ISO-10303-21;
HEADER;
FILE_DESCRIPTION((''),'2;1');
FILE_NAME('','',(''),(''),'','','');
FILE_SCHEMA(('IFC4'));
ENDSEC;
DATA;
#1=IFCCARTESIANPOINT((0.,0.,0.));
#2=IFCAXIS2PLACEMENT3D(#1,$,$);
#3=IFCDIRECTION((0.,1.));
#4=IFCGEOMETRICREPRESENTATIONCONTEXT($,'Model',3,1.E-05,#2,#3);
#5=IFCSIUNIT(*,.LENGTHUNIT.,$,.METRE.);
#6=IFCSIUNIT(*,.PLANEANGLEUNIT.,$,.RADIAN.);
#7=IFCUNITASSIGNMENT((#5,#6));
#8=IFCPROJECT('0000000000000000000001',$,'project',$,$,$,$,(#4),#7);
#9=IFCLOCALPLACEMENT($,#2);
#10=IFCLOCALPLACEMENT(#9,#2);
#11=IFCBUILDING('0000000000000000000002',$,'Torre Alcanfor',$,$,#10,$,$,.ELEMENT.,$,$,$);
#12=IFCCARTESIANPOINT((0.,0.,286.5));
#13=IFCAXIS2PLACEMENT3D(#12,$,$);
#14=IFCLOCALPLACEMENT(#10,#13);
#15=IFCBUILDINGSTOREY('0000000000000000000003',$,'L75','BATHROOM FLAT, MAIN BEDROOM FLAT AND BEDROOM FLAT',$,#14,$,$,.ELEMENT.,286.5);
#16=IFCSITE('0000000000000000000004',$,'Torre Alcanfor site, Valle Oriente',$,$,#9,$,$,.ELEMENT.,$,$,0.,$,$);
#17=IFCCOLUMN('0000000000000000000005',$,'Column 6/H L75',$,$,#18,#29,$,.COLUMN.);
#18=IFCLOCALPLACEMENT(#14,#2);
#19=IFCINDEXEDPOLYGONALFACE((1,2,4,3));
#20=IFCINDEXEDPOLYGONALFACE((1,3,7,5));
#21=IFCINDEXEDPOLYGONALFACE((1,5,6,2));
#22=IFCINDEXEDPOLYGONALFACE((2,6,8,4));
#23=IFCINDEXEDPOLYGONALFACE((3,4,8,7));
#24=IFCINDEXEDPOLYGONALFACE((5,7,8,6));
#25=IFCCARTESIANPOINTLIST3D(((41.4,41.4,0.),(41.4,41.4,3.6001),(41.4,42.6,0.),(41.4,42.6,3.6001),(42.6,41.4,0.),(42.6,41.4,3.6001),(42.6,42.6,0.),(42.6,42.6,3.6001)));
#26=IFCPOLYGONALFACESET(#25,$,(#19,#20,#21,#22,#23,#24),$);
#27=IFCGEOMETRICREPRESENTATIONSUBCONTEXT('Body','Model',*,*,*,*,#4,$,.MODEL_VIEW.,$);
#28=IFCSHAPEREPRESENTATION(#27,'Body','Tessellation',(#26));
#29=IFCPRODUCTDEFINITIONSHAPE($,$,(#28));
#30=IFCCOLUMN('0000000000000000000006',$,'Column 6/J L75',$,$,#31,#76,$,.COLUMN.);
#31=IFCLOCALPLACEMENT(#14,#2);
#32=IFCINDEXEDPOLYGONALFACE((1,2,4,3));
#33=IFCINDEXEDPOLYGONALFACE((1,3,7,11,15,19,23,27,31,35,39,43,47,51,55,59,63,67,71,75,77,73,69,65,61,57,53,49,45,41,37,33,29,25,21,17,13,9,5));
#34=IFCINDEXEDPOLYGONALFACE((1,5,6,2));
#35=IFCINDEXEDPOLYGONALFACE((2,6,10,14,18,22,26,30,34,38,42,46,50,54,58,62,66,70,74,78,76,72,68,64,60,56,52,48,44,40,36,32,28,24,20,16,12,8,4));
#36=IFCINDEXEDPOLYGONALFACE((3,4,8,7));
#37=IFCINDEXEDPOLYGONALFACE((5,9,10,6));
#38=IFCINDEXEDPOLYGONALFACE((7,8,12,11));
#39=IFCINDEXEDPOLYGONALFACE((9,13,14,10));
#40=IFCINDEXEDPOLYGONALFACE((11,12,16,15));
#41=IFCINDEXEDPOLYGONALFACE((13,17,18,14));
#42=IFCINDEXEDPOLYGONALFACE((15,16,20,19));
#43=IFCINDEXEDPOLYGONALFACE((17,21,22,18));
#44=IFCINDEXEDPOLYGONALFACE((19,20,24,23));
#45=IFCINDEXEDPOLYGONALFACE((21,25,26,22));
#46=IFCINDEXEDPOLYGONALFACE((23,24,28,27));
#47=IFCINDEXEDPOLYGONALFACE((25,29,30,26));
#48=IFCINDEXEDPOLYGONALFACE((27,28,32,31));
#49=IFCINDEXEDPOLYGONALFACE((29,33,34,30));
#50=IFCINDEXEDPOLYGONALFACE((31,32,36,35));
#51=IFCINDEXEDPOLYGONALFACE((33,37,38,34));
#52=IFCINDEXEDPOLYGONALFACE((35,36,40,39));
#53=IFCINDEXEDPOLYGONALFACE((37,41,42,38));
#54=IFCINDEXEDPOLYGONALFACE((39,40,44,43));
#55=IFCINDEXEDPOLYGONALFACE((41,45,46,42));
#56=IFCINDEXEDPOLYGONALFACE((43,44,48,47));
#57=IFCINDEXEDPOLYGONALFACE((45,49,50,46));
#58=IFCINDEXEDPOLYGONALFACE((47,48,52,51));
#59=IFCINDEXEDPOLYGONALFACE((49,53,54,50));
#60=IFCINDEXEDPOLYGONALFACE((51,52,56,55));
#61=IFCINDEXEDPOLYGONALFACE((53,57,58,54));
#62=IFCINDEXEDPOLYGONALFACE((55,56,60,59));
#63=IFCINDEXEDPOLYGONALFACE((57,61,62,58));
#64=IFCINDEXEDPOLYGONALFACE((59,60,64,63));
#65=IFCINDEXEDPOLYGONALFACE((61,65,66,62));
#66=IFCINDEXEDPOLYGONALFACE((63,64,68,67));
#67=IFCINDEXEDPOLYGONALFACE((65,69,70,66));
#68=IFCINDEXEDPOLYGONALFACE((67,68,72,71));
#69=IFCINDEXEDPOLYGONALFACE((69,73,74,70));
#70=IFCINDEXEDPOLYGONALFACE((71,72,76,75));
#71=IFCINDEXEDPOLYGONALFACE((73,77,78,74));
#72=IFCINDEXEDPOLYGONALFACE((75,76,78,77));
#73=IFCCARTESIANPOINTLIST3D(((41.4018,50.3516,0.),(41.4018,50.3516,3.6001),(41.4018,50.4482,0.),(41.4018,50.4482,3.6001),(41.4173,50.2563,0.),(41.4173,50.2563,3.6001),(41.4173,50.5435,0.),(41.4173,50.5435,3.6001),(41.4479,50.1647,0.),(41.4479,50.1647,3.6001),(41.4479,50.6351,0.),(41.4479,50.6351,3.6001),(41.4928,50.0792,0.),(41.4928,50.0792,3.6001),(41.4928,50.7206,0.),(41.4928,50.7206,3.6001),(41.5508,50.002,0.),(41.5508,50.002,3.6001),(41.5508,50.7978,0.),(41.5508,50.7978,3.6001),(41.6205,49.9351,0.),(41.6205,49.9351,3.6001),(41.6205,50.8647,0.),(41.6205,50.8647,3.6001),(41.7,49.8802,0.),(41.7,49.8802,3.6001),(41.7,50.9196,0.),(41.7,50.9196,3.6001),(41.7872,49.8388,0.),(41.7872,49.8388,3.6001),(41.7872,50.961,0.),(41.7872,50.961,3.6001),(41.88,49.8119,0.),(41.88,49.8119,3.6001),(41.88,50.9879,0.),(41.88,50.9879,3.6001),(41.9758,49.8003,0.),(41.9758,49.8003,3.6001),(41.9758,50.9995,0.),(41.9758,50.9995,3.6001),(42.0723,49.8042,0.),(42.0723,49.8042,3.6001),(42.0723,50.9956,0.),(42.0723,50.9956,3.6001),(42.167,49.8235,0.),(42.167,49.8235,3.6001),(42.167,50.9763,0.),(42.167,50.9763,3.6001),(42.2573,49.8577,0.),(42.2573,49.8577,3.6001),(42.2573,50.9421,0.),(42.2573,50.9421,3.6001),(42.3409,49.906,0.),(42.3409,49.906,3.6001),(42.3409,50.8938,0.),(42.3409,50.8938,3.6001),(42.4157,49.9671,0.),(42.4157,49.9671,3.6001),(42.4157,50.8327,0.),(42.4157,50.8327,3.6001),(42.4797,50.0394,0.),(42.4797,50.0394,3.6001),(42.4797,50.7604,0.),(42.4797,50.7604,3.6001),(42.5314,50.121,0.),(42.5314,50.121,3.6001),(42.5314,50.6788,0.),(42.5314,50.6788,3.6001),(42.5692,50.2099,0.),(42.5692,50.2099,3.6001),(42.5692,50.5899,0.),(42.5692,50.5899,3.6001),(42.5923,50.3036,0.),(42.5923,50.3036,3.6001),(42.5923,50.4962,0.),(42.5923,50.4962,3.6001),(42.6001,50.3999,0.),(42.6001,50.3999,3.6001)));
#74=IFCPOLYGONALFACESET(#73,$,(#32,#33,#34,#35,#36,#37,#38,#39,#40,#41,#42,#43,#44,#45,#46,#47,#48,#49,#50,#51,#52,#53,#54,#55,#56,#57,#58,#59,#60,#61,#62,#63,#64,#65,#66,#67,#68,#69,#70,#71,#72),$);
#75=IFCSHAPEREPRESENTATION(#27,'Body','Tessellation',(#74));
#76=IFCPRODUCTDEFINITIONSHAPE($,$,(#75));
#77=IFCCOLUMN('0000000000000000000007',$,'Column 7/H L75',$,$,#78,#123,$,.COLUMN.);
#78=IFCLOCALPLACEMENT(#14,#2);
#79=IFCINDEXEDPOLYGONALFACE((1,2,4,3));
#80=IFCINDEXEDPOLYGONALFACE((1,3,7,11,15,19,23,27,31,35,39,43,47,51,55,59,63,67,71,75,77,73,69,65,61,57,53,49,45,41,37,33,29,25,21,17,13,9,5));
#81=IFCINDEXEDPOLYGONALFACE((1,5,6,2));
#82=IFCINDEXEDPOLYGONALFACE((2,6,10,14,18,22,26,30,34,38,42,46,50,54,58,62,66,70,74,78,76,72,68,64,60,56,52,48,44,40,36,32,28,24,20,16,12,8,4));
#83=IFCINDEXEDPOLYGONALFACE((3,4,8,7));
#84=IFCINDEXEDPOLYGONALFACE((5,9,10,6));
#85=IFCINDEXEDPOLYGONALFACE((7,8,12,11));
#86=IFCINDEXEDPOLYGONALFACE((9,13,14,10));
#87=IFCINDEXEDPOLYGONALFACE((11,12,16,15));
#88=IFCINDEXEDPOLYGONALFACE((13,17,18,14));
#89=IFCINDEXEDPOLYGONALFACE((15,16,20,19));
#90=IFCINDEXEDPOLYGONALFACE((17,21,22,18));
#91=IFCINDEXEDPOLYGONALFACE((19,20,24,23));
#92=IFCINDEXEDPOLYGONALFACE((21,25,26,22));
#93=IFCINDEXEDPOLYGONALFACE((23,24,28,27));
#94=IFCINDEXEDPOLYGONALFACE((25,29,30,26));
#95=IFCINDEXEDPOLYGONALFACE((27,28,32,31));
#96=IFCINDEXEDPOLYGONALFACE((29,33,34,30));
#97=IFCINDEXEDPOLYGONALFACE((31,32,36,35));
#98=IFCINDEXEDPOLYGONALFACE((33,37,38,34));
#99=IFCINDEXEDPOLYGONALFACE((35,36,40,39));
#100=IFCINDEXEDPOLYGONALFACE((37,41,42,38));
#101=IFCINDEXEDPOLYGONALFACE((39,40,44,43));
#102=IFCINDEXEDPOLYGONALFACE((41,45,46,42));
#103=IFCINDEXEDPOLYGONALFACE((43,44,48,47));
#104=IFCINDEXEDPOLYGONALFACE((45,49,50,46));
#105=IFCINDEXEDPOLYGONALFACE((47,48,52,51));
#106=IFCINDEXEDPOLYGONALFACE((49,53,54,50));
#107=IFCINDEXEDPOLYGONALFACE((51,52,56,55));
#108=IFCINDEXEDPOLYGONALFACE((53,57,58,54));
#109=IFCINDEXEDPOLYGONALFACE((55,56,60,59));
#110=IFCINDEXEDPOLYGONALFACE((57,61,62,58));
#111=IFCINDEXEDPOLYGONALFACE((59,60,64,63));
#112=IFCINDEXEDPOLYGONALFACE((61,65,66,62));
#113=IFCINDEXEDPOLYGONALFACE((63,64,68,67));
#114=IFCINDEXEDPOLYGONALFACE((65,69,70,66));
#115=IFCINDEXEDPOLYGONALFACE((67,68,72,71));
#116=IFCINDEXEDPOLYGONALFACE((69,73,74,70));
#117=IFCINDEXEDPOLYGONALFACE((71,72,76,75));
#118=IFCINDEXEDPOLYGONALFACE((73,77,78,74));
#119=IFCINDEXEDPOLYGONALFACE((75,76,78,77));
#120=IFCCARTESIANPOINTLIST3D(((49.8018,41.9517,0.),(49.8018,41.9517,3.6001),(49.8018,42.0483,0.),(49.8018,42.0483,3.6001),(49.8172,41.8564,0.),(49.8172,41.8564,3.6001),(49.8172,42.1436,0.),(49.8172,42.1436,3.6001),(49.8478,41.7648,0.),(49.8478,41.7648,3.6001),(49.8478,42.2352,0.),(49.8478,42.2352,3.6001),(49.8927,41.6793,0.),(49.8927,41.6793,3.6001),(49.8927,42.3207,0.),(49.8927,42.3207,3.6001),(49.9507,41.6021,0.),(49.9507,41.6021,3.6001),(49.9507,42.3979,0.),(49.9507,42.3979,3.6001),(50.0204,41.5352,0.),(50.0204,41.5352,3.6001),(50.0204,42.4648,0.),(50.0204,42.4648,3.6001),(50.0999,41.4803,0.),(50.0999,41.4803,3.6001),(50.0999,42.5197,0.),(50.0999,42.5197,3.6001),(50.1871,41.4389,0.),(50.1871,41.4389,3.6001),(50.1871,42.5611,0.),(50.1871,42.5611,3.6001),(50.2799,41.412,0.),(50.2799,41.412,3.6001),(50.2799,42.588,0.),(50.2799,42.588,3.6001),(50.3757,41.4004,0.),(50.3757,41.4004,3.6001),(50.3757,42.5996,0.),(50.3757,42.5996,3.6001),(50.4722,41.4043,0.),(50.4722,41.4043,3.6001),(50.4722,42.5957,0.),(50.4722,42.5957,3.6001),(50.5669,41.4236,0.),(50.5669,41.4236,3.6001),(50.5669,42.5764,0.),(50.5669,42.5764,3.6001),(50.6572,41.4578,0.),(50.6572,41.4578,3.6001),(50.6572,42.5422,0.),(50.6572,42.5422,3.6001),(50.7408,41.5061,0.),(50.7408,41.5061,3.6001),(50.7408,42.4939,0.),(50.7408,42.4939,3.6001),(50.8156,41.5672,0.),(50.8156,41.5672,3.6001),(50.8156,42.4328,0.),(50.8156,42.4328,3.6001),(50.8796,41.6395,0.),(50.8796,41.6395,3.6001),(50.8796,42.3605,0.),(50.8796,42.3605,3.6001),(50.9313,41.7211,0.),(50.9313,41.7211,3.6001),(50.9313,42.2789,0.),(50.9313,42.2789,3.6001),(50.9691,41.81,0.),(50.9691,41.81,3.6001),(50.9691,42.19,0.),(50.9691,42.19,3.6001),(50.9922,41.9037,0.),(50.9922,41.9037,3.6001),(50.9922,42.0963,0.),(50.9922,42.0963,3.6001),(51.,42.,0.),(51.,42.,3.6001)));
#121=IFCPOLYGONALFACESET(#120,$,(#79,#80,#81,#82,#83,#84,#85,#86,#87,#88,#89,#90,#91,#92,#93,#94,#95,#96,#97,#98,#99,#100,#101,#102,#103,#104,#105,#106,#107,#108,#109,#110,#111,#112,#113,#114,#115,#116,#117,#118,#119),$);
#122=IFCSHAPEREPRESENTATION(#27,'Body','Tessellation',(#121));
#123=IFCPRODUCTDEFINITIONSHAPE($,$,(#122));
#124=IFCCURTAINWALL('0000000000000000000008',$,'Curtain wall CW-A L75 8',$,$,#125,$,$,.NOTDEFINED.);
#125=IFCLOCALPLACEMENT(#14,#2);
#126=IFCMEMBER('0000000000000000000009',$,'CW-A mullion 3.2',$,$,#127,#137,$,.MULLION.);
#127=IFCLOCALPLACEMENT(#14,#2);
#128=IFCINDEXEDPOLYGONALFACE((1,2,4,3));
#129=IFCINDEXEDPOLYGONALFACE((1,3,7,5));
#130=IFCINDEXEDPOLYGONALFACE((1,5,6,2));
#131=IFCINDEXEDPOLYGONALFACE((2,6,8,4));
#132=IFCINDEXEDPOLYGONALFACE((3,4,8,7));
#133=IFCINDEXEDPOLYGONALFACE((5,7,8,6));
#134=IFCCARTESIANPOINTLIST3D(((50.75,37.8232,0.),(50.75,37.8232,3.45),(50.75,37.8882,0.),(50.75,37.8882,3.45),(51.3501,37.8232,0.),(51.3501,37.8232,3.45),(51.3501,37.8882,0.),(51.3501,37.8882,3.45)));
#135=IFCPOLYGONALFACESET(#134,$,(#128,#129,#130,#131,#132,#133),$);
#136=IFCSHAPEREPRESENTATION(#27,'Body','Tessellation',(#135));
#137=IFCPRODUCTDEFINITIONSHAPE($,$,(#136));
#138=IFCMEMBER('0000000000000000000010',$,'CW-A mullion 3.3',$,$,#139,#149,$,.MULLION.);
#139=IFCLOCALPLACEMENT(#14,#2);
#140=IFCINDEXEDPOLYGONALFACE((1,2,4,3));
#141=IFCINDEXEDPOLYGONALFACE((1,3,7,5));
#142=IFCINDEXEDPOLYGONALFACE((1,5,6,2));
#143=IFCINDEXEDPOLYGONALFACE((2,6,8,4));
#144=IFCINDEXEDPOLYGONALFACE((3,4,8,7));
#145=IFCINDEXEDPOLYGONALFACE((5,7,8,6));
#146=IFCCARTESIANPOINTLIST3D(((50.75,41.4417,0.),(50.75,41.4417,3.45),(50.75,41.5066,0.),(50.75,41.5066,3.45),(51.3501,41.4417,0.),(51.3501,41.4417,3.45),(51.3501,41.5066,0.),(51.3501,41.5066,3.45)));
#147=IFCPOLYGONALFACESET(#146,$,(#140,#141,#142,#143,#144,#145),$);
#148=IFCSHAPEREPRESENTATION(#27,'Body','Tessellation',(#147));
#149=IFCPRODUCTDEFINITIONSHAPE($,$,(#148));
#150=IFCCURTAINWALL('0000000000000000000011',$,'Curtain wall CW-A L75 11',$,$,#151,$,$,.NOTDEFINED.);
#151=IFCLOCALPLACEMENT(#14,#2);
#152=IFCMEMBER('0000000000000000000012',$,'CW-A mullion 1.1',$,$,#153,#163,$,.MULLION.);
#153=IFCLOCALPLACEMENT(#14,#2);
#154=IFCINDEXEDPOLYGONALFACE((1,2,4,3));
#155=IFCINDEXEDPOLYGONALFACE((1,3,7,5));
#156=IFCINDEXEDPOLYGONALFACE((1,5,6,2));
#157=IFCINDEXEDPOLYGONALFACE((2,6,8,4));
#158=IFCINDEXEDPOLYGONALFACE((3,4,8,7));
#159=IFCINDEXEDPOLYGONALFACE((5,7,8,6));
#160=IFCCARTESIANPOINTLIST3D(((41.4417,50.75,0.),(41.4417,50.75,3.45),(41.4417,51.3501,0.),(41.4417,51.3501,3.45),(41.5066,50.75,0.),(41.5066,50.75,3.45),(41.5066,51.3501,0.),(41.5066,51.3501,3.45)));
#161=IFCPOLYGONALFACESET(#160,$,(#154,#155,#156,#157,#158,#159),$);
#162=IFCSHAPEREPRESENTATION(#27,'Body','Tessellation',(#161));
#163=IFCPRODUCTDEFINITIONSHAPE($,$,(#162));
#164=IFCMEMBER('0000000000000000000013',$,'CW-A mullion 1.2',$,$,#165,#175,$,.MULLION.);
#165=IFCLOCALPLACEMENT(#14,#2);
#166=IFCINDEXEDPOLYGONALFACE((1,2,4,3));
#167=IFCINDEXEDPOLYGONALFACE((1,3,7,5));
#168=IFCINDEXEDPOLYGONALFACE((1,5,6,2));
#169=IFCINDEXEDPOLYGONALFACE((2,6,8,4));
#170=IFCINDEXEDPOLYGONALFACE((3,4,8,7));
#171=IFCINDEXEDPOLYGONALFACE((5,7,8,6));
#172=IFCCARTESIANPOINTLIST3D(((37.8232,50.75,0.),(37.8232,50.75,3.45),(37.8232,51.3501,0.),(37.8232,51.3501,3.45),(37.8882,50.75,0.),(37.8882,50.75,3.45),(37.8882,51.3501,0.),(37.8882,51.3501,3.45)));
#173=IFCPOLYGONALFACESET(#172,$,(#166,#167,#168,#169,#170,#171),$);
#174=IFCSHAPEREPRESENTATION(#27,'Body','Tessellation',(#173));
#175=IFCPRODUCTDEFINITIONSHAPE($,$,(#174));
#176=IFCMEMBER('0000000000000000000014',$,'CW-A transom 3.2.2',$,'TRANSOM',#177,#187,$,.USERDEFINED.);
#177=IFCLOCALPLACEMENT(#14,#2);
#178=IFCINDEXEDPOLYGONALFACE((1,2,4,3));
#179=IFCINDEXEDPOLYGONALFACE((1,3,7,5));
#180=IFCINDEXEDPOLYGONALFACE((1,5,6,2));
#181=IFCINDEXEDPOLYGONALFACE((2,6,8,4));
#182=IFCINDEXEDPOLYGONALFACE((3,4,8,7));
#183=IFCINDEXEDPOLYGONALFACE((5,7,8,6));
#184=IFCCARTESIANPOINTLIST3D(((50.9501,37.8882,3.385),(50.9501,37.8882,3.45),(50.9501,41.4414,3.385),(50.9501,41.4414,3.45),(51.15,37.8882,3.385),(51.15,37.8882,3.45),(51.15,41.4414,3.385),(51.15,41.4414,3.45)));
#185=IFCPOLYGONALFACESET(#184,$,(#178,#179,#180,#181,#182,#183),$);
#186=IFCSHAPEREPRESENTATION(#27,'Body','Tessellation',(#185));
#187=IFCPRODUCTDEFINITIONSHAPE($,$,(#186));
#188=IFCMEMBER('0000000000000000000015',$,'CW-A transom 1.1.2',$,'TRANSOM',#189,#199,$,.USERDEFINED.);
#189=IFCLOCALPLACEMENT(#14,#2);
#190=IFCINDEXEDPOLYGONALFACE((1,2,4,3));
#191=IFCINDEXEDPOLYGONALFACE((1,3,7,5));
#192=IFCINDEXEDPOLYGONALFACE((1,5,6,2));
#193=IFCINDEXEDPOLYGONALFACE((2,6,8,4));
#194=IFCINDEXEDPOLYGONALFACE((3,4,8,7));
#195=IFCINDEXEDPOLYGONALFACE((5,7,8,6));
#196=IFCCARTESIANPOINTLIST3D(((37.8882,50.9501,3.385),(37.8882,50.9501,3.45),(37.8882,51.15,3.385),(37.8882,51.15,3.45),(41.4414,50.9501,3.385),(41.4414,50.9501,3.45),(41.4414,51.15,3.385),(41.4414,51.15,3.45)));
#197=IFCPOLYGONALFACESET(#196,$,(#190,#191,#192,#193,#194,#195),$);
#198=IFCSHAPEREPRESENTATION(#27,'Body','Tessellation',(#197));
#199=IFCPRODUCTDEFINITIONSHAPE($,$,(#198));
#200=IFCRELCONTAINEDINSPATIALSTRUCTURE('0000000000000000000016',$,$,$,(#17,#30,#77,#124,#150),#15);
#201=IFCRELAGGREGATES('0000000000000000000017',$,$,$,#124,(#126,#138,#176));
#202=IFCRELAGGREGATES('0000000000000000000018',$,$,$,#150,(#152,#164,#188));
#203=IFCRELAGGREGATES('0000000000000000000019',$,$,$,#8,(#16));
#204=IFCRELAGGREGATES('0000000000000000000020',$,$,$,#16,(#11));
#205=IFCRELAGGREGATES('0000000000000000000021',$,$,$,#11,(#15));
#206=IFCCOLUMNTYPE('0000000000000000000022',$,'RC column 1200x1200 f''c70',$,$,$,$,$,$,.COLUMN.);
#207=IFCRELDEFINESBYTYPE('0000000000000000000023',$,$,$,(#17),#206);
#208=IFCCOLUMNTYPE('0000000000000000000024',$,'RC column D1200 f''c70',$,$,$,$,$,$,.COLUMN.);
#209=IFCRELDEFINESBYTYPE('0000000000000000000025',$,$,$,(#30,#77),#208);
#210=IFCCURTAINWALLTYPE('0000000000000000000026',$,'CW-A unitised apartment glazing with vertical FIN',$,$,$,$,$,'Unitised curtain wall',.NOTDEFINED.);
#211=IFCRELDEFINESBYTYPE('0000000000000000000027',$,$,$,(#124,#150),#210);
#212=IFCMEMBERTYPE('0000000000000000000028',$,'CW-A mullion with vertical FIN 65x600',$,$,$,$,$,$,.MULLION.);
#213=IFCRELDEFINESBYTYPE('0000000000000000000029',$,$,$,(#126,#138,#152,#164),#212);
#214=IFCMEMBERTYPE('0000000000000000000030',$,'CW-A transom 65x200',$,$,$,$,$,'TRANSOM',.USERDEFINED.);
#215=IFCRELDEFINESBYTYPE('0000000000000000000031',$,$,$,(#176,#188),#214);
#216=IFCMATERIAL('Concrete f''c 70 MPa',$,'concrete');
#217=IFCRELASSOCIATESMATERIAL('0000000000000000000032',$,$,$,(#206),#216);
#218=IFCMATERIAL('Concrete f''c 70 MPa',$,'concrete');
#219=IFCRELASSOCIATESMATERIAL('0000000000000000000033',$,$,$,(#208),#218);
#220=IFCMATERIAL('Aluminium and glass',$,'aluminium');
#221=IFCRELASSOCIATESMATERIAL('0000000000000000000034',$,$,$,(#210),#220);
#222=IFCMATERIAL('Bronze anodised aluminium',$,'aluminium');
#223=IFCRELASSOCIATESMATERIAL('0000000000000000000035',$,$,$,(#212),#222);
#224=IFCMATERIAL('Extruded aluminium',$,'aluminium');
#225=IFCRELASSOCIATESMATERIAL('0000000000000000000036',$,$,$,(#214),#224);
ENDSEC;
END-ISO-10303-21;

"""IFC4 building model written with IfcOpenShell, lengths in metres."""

from ifc_helpers import new_model, si_unit, direction, frame, origin, origin_2d, place, context, subcontext, project, spatial, rectangle, circle, extrude, material, material_profile, profile_set, type_object, element, aggregate, save


model = new_model("IFC4")

# Units and contexts
model_context = context("Model", 3, precision=1e-05, world=origin(), true_north=direction((0.0, 1.0)))
body_context = subcontext(model_context, "Body", "Model", "MODEL_VIEW")
ifc_project = project(units=[si_unit("LENGTHUNIT", "METRE"), si_unit("PLANEANGLEUNIT", "RADIAN")], contexts=[model_context])

# Site, building, storey
site_placement = place(None, origin())
site = spatial("IfcSite", under=ifc_project, at=site_placement, Name="Torre Alcanfor site, Valle Oriente", CompositionType="ELEMENT", RefElevation=0.0)
building_placement = place(site_placement, origin())
building = spatial("IfcBuilding", under=site, at=building_placement, Name="Torre Alcanfor", CompositionType="ELEMENT")
storey_placement = place(building_placement, frame((0.0, 0.0, 286.5)))
storey = spatial("IfcBuildingStorey", under=building, at=storey_placement, Name="L75", Description="BATHROOM FLAT, MAIN BEDROOM FLAT AND BEDROOM FLAT", CompositionType="ELEMENT", Elevation=286.5)

# Columns
ifc_material_1 = material(Name="Concrete f'c 70 MPa", Category="concrete")
ifc_material_profile_1 = material_profile(ifc_material_1, rectangle(XDim=1.2, YDim=1.2, at=origin_2d()), Name="1200x1200")
ifc_profile_set_1 = profile_set([ifc_material_profile_1], Name="Concrete f'c 70 MPa")
column_type_1 = type_object("IfcColumnType", Name="RC column 1200x1200 f'c70", PredefinedType="COLUMN", material=ifc_profile_set_1)
column_placement = place(storey_placement, frame((42.0, 42.0, 0.0), z_axis=(0.0, 0.0, 1.0), x_axis=(1.0, 0.0, 0.0)))
element("IfcColumn", 1, at=column_placement, inside=storey, type_object=column_type_1, Name="Column 6/H L75", PredefinedType="COLUMN", context=body_context, shape_type="SweptSolid", body=[
    extrude(rectangle(XDim=1.2, YDim=1.2, at=origin_2d()), origin(), (0.0, 0.0, 1.0), 3.6001),
])
ifc_material_2 = material(Name="Concrete f'c 70 MPa", Category="concrete")
ifc_material_profile_2 = material_profile(ifc_material_2, circle(Radius=0.6001, at=origin_2d()), Name="D1200")
ifc_profile_set_2 = profile_set([ifc_material_profile_2], Name="Concrete f'c 70 MPa")
column_type_2 = type_object("IfcColumnType", Name="RC column D1200 f'c70", PredefinedType="COLUMN", material=ifc_profile_set_2)
for number, where, z_axis, x_axis, name in (
    (2, (42.0, 50.3999, 0.0), (0.0, 0.0, 1.0), (1.0, 0.0, 0.0), "Column 6/J L75"),
    (3, (50.3999, 42.0, 0.0), (0.0, 0.0, 1.0), (1.0, 0.0, 0.0), "Column 7/H L75"),
):
    element("IfcColumn", number, at=place(storey_placement, frame(where, z_axis=z_axis, x_axis=x_axis)), inside=storey, type_object=column_type_2, Name=name, PredefinedType="COLUMN", context=body_context, shape_type="SweptSolid", body=[
        extrude(circle(Radius=0.6001, at=origin_2d()), origin(), (0.0, 0.0, 1.0), 3.6001),
    ])

# Curtain walls, members
ifc_material_3 = material(Name="Aluminium and glass", Category="aluminium")
curtain_wall_type = type_object("IfcCurtainWallType", Name="CW-A unitised apartment glazing with vertical FIN", ElementType="Unitised curtain wall", PredefinedType="NOTDEFINED", material=ifc_material_3)
curtain_wall_1_placement = place(storey_placement, origin())
curtain_wall_1 = element("IfcCurtainWall", 4, at=curtain_wall_1_placement, inside=storey, type_object=curtain_wall_type, Name="Curtain wall CW-A L75 8", PredefinedType="NOTDEFINED")
ifc_material_4 = material(Name="Bronze anodised aluminium", Category="aluminium")
ifc_material_profile_3 = material_profile(ifc_material_4, rectangle(XDim=0.6001, YDim=0.0649, at=origin_2d()), Name="CW-A mullion 65x600")
ifc_profile_set_3 = profile_set([ifc_material_profile_3], Name="Bronze anodised aluminium")
member_type_1 = type_object("IfcMemberType", Name="CW-A mullion with vertical FIN 65x600", PredefinedType="MULLION", material=ifc_profile_set_3)
member_1_placement = place(storey_placement, frame((51.05, 37.8557, 0.0), z_axis=(0.0, 0.0, 1.0), x_axis=(-1.0, 0.0, 0.0)))
member_1 = element("IfcMember", 5, at=member_1_placement, type_object=member_type_1, Name="CW-A mullion 3.2", PredefinedType="MULLION", context=body_context, shape_type="SweptSolid", body=[
    extrude(rectangle(XDim=0.6001, YDim=0.0649, at=origin_2d()), origin(), (0.0, 0.0, 1.0), 3.45),
])
member_2_placement = place(storey_placement, frame((51.05, 41.4741, 0.0), z_axis=(0.0, 0.0, 1.0), x_axis=(-1.0, 0.0, 0.0)))
member_2 = element("IfcMember", 6, at=member_2_placement, type_object=member_type_1, Name="CW-A mullion 3.3", PredefinedType="MULLION", context=body_context, shape_type="SweptSolid", body=[
    extrude(rectangle(XDim=0.6001, YDim=0.0649, at=origin_2d()), origin(), (0.0, 0.0, 1.0), 3.45),
])
curtain_wall_2_placement = place(storey_placement, origin())
curtain_wall_2 = element("IfcCurtainWall", 7, at=curtain_wall_2_placement, inside=storey, type_object=curtain_wall_type, Name="Curtain wall CW-A L75 11", PredefinedType="NOTDEFINED")
member_3_placement = place(storey_placement, frame((41.4741, 51.05, 0.0), z_axis=(0.0, 0.0, 1.0), x_axis=(0.0, -1.0, 0.0)))
member_3 = element("IfcMember", 8, at=member_3_placement, type_object=member_type_1, Name="CW-A mullion 1.1", PredefinedType="MULLION", context=body_context, shape_type="SweptSolid", body=[
    extrude(rectangle(XDim=0.6001, YDim=0.0649, at=origin_2d()), origin(), (0.0, 0.0, 1.0), 3.45),
])
member_4_placement = place(storey_placement, frame((37.8557, 51.05, 0.0), z_axis=(0.0, 0.0, 1.0), x_axis=(0.0, -1.0, 0.0)))
member_4 = element("IfcMember", 9, at=member_4_placement, type_object=member_type_1, Name="CW-A mullion 1.2", PredefinedType="MULLION", context=body_context, shape_type="SweptSolid", body=[
    extrude(rectangle(XDim=0.6001, YDim=0.0649, at=origin_2d()), origin(), (0.0, 0.0, 1.0), 3.45),
])

# Members
ifc_material_5 = material(Name="Extruded aluminium", Category="aluminium")
ifc_material_profile_4 = material_profile(ifc_material_5, rectangle(XDim=0.2, YDim=0.0649, at=origin_2d()), Name="CW-A transom 200x65")
ifc_profile_set_4 = profile_set([ifc_material_profile_4], Name="Extruded aluminium")
member_type_2 = type_object("IfcMemberType", Name="CW-A transom 65x200", ElementType="TRANSOM", PredefinedType="USERDEFINED", material=ifc_profile_set_4)
member_5_placement = place(storey_placement, frame((51.05, 37.8882, 3.4175), z_axis=(0.0, 1.0, 0.0), x_axis=(-1.0, 0.0, 0.0)))
member_5 = element("IfcMember", 10, at=member_5_placement, type_object=member_type_2, Name="CW-A transom 3.2.2", ObjectType="TRANSOM", PredefinedType="USERDEFINED", context=body_context, shape_type="SweptSolid", body=[
    extrude(rectangle(XDim=0.2, YDim=0.0649, at=origin_2d()), origin(), (0.0, 0.0, 1.0), 3.5532),
])
member_6_placement = place(storey_placement, frame((41.4414, 51.05, 3.4175), z_axis=(-1.0, 0.0, 0.0), x_axis=(0.0, -1.0, 0.0)))
member_6 = element("IfcMember", 11, at=member_6_placement, type_object=member_type_2, Name="CW-A transom 1.1.2", ObjectType="TRANSOM", PredefinedType="USERDEFINED", context=body_context, shape_type="SweptSolid", body=[
    extrude(rectangle(XDim=0.2, YDim=0.0649, at=origin_2d()), origin(), (0.0, 0.0, 1.0), 3.5532),
])

aggregate(curtain_wall_1, [member_1, member_2, member_5])
aggregate(curtain_wall_2, [member_3, member_4, member_6])

save(model, "model.ifc")
